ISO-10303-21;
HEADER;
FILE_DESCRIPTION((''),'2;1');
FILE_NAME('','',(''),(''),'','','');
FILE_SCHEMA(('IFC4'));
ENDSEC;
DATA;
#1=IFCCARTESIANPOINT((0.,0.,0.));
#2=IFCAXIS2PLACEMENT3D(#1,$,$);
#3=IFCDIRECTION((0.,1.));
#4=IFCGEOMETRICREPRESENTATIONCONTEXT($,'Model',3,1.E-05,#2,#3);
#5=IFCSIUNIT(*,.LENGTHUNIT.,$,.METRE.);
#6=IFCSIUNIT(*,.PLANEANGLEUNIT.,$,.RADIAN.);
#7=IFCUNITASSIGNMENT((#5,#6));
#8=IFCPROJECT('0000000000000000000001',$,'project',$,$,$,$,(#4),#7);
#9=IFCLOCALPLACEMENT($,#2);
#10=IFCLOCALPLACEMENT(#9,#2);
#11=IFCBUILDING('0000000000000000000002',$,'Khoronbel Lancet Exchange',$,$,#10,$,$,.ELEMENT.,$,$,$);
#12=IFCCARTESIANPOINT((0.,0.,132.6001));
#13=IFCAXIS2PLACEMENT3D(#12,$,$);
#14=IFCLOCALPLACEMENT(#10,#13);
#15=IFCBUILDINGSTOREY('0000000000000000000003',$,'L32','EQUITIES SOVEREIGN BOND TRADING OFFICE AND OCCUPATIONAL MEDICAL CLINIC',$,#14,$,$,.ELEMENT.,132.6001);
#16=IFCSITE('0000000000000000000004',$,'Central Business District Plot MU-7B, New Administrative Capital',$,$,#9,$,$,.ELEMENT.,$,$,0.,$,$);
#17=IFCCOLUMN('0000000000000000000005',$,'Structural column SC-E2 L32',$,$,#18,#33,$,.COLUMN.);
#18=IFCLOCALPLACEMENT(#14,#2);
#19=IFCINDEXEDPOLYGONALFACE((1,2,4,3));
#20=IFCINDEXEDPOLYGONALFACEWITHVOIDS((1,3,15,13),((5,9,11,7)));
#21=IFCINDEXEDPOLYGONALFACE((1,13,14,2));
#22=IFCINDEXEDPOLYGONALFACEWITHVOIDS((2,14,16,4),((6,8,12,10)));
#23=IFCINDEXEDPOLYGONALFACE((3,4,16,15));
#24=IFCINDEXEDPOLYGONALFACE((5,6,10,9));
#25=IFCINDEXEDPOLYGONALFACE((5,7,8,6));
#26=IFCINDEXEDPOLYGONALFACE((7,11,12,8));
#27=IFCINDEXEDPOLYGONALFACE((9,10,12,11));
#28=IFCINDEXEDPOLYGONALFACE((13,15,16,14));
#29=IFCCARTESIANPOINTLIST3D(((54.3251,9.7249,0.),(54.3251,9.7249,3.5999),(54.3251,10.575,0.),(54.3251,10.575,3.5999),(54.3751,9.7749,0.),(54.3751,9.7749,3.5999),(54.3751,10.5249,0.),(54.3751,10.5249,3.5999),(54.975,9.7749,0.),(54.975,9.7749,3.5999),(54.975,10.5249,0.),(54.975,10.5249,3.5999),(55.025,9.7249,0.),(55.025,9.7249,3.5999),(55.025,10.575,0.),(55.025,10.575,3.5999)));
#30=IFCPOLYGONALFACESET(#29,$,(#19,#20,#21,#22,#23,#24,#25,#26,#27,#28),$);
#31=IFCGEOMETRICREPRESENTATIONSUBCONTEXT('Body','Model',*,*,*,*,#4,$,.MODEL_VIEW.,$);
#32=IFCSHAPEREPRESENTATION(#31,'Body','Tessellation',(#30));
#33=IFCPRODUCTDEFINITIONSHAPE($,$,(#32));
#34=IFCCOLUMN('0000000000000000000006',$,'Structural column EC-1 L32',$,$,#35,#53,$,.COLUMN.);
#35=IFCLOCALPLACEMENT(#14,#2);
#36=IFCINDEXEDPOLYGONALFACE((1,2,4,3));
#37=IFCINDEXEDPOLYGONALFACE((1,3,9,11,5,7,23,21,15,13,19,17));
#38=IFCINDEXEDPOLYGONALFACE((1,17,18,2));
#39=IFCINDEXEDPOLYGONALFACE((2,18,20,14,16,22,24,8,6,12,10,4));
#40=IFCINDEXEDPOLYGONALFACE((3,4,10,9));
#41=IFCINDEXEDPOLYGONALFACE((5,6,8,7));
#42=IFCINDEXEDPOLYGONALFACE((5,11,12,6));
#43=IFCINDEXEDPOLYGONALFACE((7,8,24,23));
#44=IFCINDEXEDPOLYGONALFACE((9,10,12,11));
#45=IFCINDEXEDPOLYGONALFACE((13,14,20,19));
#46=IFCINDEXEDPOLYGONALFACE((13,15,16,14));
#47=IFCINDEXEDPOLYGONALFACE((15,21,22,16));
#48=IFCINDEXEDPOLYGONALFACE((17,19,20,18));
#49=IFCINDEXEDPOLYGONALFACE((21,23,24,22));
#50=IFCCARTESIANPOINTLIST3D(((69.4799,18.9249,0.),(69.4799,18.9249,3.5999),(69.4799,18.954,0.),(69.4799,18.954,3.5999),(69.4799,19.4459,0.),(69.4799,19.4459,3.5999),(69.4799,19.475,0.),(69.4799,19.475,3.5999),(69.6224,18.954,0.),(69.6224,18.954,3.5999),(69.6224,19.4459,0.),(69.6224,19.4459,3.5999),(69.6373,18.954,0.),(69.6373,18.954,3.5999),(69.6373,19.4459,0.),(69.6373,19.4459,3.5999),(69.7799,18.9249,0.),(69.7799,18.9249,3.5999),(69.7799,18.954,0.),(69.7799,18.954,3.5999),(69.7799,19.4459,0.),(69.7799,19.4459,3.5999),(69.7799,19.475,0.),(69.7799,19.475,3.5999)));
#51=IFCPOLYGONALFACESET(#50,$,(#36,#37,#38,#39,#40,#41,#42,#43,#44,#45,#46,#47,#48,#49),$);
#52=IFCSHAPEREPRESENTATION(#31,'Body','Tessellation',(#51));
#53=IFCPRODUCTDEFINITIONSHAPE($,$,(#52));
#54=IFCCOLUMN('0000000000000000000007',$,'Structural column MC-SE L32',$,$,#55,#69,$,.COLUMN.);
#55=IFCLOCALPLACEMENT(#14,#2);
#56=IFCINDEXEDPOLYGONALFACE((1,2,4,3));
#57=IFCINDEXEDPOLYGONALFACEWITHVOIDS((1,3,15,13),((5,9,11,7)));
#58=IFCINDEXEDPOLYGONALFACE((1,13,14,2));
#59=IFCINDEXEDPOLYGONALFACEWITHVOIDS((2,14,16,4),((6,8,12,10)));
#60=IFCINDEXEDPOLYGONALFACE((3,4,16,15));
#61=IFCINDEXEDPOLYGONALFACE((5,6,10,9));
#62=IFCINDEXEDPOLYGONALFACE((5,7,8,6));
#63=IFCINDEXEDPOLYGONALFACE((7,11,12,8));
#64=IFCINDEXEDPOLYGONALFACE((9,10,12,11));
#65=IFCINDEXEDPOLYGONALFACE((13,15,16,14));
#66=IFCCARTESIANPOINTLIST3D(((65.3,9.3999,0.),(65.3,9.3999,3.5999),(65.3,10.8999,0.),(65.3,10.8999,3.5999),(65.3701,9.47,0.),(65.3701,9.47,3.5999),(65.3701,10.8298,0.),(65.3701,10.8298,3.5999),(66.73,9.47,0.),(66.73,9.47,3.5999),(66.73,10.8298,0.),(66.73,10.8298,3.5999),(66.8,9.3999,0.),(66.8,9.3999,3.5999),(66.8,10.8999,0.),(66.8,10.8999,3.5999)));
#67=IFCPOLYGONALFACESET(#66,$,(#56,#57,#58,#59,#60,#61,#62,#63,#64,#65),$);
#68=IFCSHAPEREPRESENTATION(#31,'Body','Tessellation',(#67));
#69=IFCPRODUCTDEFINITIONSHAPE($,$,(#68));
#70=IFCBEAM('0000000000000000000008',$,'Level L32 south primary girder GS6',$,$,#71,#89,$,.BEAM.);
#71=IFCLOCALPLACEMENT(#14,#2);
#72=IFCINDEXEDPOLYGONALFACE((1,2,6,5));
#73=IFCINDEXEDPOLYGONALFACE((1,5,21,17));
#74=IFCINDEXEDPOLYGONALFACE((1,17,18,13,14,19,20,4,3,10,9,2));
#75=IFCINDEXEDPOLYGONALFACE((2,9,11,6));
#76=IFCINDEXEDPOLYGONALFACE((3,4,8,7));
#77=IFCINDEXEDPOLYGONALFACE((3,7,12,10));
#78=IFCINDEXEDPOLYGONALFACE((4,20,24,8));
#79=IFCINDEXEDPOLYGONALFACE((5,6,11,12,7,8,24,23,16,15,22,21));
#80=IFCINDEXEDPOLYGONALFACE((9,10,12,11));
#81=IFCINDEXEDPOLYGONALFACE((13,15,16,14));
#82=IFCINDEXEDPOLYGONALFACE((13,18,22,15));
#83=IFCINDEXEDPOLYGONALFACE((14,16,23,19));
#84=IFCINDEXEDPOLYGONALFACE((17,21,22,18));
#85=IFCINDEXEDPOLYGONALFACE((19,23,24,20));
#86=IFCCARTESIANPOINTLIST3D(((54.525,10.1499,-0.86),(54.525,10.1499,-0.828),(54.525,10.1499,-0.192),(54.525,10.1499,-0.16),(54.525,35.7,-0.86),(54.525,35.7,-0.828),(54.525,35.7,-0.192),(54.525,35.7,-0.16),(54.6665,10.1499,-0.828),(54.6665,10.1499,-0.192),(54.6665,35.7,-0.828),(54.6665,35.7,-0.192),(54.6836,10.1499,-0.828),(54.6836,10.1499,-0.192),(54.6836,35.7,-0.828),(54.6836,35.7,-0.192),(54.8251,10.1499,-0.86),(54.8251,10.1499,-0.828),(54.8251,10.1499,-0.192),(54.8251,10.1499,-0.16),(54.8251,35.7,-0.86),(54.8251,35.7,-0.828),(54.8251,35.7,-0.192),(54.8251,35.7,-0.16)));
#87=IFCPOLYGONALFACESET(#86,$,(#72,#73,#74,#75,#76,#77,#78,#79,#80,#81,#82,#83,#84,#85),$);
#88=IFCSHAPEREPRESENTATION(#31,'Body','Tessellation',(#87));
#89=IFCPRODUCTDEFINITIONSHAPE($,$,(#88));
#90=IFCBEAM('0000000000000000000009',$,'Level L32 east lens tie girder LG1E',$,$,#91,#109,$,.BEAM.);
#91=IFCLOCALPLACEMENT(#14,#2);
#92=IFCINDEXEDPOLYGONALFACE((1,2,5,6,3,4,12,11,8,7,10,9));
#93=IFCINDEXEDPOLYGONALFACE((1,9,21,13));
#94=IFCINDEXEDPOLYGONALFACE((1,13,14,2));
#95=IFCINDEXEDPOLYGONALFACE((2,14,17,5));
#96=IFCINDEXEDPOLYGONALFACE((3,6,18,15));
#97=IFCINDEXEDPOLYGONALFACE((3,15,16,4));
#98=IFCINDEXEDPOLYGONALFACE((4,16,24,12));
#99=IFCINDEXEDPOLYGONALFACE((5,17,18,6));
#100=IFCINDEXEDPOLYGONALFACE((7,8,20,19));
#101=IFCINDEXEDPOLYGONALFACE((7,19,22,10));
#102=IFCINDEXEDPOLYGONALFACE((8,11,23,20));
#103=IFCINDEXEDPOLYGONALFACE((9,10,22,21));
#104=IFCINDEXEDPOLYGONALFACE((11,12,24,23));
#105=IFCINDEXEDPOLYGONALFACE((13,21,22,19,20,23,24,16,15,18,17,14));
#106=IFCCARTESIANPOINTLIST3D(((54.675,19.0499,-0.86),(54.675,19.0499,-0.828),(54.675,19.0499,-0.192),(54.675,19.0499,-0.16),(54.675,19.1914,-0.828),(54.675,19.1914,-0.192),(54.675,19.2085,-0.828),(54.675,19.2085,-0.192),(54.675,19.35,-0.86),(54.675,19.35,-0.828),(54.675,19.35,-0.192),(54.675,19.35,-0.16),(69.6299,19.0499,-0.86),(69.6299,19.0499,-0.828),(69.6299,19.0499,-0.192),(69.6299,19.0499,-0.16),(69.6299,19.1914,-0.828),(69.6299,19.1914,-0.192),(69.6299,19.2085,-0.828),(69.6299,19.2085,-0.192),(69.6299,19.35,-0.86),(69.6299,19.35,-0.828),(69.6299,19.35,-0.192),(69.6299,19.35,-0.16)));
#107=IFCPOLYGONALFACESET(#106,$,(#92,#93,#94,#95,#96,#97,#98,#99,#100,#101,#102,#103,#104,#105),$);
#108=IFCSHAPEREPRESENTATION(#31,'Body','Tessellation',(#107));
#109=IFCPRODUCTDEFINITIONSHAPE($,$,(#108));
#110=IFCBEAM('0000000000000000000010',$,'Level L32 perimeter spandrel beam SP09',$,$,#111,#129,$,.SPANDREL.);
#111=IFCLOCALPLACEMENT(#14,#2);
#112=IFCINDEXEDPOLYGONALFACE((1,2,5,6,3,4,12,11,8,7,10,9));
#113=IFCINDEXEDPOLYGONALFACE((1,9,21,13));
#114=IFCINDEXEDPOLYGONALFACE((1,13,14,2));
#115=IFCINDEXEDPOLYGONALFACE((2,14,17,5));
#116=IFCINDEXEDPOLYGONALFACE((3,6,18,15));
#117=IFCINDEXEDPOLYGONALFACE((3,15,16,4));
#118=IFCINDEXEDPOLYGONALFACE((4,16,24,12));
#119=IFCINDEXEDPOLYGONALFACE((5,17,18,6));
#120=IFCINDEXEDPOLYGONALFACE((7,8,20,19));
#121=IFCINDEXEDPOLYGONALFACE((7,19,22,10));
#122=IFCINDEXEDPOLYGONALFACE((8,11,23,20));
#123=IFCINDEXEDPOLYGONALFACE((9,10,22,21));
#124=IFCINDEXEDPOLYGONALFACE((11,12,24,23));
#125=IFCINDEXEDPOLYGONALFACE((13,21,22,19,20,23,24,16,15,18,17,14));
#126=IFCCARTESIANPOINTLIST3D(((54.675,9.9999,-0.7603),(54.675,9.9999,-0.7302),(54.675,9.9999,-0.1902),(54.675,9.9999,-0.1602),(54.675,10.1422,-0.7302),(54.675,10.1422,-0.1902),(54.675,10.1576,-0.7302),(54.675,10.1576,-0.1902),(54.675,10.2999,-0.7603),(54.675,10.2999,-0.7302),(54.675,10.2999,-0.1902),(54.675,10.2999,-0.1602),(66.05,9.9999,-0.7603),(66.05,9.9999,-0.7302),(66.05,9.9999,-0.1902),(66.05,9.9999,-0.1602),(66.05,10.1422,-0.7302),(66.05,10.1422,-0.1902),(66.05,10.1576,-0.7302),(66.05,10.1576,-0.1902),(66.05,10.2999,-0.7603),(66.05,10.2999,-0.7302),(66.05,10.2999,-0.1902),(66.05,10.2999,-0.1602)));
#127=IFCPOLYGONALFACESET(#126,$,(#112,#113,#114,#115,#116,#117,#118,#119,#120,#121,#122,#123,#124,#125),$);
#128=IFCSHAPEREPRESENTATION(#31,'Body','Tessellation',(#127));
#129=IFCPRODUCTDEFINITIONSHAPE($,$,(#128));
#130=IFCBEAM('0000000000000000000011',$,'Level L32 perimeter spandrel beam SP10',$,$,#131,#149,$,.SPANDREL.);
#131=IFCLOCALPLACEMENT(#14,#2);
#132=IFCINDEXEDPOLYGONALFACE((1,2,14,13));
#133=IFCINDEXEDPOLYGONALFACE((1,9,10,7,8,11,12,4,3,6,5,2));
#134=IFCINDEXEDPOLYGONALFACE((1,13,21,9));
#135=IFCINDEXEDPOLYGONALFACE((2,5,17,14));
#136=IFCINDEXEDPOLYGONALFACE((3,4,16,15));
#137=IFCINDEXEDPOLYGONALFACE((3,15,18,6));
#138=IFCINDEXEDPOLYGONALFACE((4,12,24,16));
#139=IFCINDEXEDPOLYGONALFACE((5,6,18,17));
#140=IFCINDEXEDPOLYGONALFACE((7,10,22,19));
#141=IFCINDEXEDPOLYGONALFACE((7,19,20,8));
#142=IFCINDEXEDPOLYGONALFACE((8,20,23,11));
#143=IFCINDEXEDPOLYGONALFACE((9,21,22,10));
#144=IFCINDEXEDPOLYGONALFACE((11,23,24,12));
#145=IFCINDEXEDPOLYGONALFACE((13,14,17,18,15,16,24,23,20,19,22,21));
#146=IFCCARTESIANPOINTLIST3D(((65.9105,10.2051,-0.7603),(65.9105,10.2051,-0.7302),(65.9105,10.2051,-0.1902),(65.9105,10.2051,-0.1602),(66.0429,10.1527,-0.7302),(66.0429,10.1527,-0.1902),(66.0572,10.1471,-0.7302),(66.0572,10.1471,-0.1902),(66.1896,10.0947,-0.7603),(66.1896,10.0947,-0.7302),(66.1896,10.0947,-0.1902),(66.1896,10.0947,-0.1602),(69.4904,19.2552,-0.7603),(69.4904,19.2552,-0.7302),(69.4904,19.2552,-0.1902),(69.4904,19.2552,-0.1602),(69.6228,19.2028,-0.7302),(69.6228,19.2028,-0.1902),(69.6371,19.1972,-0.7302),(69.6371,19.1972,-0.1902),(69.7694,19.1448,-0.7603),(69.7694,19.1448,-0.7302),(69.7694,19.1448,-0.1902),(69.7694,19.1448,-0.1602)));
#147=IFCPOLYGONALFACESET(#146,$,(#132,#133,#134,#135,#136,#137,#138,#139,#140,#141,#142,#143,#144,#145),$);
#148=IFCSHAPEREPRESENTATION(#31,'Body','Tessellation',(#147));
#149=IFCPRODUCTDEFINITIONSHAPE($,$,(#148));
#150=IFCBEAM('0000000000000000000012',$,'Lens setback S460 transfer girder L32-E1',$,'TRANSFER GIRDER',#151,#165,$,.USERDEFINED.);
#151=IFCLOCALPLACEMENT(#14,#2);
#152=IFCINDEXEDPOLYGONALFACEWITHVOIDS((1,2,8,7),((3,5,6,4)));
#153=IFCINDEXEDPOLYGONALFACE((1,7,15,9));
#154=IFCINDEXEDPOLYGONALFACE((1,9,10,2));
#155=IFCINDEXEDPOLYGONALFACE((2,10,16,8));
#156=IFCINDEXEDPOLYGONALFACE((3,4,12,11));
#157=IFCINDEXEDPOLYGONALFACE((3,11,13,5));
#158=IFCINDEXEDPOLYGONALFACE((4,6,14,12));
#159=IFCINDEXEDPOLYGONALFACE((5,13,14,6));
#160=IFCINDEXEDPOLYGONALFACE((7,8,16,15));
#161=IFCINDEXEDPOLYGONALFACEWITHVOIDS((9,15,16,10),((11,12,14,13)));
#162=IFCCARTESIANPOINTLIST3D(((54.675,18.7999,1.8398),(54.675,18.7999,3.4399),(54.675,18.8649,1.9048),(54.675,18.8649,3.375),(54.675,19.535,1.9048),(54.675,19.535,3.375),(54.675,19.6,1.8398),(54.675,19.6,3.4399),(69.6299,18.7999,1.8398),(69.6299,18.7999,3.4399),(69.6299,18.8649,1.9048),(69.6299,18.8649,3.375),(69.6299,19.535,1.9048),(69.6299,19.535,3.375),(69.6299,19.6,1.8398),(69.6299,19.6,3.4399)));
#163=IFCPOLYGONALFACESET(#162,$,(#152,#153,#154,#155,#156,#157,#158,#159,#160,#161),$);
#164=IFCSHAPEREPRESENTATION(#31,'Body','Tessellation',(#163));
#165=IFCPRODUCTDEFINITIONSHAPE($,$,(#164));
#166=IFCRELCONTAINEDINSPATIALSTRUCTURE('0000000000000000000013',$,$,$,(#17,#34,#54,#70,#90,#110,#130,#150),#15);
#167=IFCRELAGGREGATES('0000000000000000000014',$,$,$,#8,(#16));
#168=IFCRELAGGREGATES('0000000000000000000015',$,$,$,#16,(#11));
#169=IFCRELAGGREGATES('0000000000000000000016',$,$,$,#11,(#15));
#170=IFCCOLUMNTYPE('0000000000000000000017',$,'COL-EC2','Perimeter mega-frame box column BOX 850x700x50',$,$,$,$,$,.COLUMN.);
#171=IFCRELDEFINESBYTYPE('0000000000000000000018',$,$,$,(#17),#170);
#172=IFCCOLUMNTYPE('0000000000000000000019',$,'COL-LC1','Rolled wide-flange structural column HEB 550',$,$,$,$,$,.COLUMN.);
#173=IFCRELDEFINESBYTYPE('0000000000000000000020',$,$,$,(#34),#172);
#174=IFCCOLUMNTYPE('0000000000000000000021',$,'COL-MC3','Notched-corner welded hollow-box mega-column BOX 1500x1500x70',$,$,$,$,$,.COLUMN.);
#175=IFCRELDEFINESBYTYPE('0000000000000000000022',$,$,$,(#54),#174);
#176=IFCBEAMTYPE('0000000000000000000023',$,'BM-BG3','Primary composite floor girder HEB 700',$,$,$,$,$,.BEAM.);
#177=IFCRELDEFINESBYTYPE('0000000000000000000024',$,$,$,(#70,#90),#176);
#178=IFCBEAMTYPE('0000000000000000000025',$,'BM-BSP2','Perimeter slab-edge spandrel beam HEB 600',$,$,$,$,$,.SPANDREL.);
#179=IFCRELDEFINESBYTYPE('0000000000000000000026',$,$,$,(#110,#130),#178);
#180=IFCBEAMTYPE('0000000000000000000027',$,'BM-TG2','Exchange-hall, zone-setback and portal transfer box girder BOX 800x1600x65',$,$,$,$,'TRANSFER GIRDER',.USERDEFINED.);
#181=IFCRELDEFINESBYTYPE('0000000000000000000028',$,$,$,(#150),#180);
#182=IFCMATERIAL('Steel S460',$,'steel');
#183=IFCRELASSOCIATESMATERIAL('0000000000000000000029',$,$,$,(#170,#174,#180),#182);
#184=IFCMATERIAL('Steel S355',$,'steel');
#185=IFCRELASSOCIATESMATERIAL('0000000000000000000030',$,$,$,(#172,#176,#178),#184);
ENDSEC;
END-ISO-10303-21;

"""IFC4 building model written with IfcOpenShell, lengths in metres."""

from ifc_helpers import new_model, si_unit, direction, frame, origin, origin_2d, place, context, subcontext, project, spatial, hollow_rectangle, i_section, extrude, material, material_profile, profile_set, type_object, element, save


model = new_model("IFC4")

# Units and contexts
model_context = context("Model", 3, precision=1e-05, world=origin(), true_north=direction((0.0, 1.0)))
body_context = subcontext(model_context, "Body", "Model", "MODEL_VIEW")
ifc_project = project(units=[si_unit("LENGTHUNIT", "METRE"), si_unit("PLANEANGLEUNIT", "RADIAN")], contexts=[model_context])

# Site, building, storey
site_placement = place(None, origin())
site = spatial("IfcSite", under=ifc_project, at=site_placement, Name="Central Business District Plot MU-7B, New Administrative Capital", CompositionType="ELEMENT", RefElevation=0.0)
building_placement = place(site_placement, origin())
building = spatial("IfcBuilding", under=site, at=building_placement, Name="Khoronbel Lancet Exchange", CompositionType="ELEMENT")
storey_placement = place(building_placement, frame((0.0, 0.0, 132.6001)))
storey = spatial("IfcBuildingStorey", under=building, at=storey_placement, Name="L32", Description="EQUITIES SOVEREIGN BOND TRADING OFFICE AND OCCUPATIONAL MEDICAL CLINIC", CompositionType="ELEMENT", Elevation=132.6001)

# Columns
ifc_material_1 = material(Name="Steel S460", Category="steel")
ifc_material_profile_1 = material_profile(ifc_material_1, hollow_rectangle(XDim=0.7, YDim=0.8501, WallThickness=0.05, at=origin_2d()), Name="BOX 850x700x50")
ifc_profile_set_1 = profile_set([ifc_material_profile_1], Name="Steel S460")
column_type_1 = type_object("IfcColumnType", Name="COL-EC2", Description="Perimeter mega-frame box column BOX 850x700x50", PredefinedType="COLUMN", material=ifc_profile_set_1)
column_1_placement = place(storey_placement, frame((54.675, 10.1499, 0.0), z_axis=(0.0, 0.0, 1.0), x_axis=(1.0, 0.0, 0.0)))
element("IfcColumn", 1, at=column_1_placement, inside=storey, type_object=column_type_1, Name="Structural column SC-E2 L32", PredefinedType="COLUMN", context=body_context, shape_type="SweptSolid", body=[
    extrude(hollow_rectangle(XDim=0.7, YDim=0.8501, WallThickness=0.05, at=origin_2d()), origin(), (0.0, 0.0, 1.0), 3.5999),
])
ifc_material_2 = material(Name="Steel S355", Category="steel")
ifc_material_profile_2 = material_profile(ifc_material_2, i_section(OverallWidth=0.3, OverallDepth=0.55, WebThickness=0.0149, FlangeThickness=0.0291, at=origin_2d()), Name="HEB 550")
ifc_profile_set_2 = profile_set([ifc_material_profile_2], Name="Steel S355")
column_type_2 = type_object("IfcColumnType", Name="COL-LC1", Description="Rolled wide-flange structural column HEB 550", PredefinedType="COLUMN", material=ifc_profile_set_2)
column_2_placement = place(storey_placement, frame((69.6299, 19.2, 0.0), z_axis=(0.0, 0.0, 1.0), x_axis=(1.0, 0.0, 0.0)))
element("IfcColumn", 2, at=column_2_placement, inside=storey, type_object=column_type_2, Name="Structural column EC-1 L32", PredefinedType="COLUMN", context=body_context, shape_type="SweptSolid", body=[
    extrude(i_section(OverallWidth=0.3, OverallDepth=0.55, WebThickness=0.0149, FlangeThickness=0.0291, at=origin_2d()), origin(), (0.0, 0.0, 1.0), 3.5999),
])
ifc_material_profile_3 = material_profile(ifc_material_1, hollow_rectangle(XDim=1.5, YDim=1.5, WallThickness=0.0701, at=origin_2d()), Name="BOX 1500x1500x70")
ifc_profile_set_3 = profile_set([ifc_material_profile_3], Name="Steel S460")
column_type_3 = type_object("IfcColumnType", Name="COL-MC3", Description="Notched-corner welded hollow-box mega-column BOX 1500x1500x70", PredefinedType="COLUMN", material=ifc_profile_set_3)
column_3_placement = place(storey_placement, frame((66.05, 10.1499, 0.0), z_axis=(0.0, 0.0, 1.0), x_axis=(1.0, 0.0, 0.0)))
element("IfcColumn", 3, at=column_3_placement, inside=storey, type_object=column_type_3, Name="Structural column MC-SE L32", PredefinedType="COLUMN", context=body_context, shape_type="SweptSolid", body=[
    extrude(hollow_rectangle(XDim=1.5, YDim=1.5, WallThickness=0.0701, at=origin_2d()), origin(), (0.0, 0.0, 1.0), 3.5999),
])

# Beams
ifc_material_profile_4 = material_profile(ifc_material_2, i_section(OverallWidth=0.3, OverallDepth=0.7, WebThickness=0.0171, FlangeThickness=0.032, at=origin_2d()), Name="HEB 700")
ifc_profile_set_4 = profile_set([ifc_material_profile_4], Name="Steel S355")
beam_type_1 = type_object("IfcBeamType", Name="BM-BG3", Description="Primary composite floor girder HEB 700", PredefinedType="BEAM", material=ifc_profile_set_4)
beam_1_placement = place(storey_placement, frame((54.675, 10.1499, -0.51), z_axis=(0.0, 1.0, 0.0), x_axis=(-1.0, 0.0, 0.0)))
element("IfcBeam", 4, at=beam_1_placement, inside=storey, type_object=beam_type_1, Name="Level L32 south primary girder GS6", PredefinedType="BEAM", context=body_context, shape_type="SweptSolid", body=[
    extrude(i_section(OverallWidth=0.3, OverallDepth=0.7, WebThickness=0.0171, FlangeThickness=0.032, at=origin_2d()), origin(), (0.0, 0.0, 1.0), 25.55),
])
beam_2_placement = place(storey_placement, frame((54.675, 19.2, -0.51), z_axis=(1.0, 0.0, 0.0), x_axis=(0.0, 1.0, 0.0)))
element("IfcBeam", 5, at=beam_2_placement, inside=storey, type_object=beam_type_1, Name="Level L32 east lens tie girder LG1E", PredefinedType="BEAM", context=body_context, shape_type="SweptSolid", body=[
    extrude(i_section(OverallWidth=0.3, OverallDepth=0.7, WebThickness=0.0171, FlangeThickness=0.032, at=origin_2d()), origin(), (0.0, 0.0, 1.0), 14.9548),
])
ifc_material_profile_5 = material_profile(ifc_material_2, i_section(OverallWidth=0.3, OverallDepth=0.6001, WebThickness=0.0154, FlangeThickness=0.03, at=origin_2d()), Name="HEB 600")
ifc_profile_set_5 = profile_set([ifc_material_profile_5], Name="Steel S355")
beam_type_2 = type_object("IfcBeamType", Name="BM-BSP2", Description="Perimeter slab-edge spandrel beam HEB 600", PredefinedType="SPANDREL", material=ifc_profile_set_5)
beam_3_placement = place(storey_placement, frame((54.675, 10.1499, -0.4602), z_axis=(1.0, 0.0, 0.0), x_axis=(0.0, 1.0, 0.0)))
element("IfcBeam", 6, at=beam_3_placement, inside=storey, type_object=beam_type_2, Name="Level L32 perimeter spandrel beam SP09", PredefinedType="SPANDREL", context=body_context, shape_type="SweptSolid", body=[
    extrude(i_section(OverallWidth=0.3, OverallDepth=0.6001, WebThickness=0.0154, FlangeThickness=0.03, at=origin_2d()), origin(), (0.0, 0.0, 1.0), 11.375),
])
beam_4_placement = place(storey_placement, frame((66.05, 10.1499, -0.4602), z_axis=(0.367828, 0.929894, 0.0), x_axis=(-0.929894, 0.367828, 0.0)))
element("IfcBeam", 7, at=beam_4_placement, inside=storey, type_object=beam_type_2, Name="Level L32 perimeter spandrel beam SP10", PredefinedType="SPANDREL", context=body_context, shape_type="SweptSolid", body=[
    extrude(i_section(OverallWidth=0.3, OverallDepth=0.6001, WebThickness=0.0154, FlangeThickness=0.03, at=origin_2d()), origin(), (0.0, 0.0, 1.0), 9.7324),
])
ifc_material_profile_6 = material_profile(ifc_material_1, hollow_rectangle(XDim=0.8, YDim=1.6001, WallThickness=0.0649, at=origin_2d()), Name="BOX 800x1600x65")
ifc_profile_set_6 = profile_set([ifc_material_profile_6], Name="Steel S460")
beam_type_3 = type_object("IfcBeamType", Name="BM-TG2", Description="Exchange-hall, zone-setback and portal transfer box girder BOX 800x1600x65", ElementType="TRANSFER GIRDER", PredefinedType="USERDEFINED", material=ifc_profile_set_6)
beam_5_placement = place(storey_placement, frame((54.675, 19.2, 2.6399), z_axis=(1.0, 0.0, 0.0), x_axis=(0.0, 1.0, 0.0)))
element("IfcBeam", 8, at=beam_5_placement, inside=storey, type_object=beam_type_3, Name="Lens setback S460 transfer girder L32-E1", ObjectType="TRANSFER GIRDER", PredefinedType="USERDEFINED", context=body_context, shape_type="SweptSolid", body=[
    extrude(hollow_rectangle(XDim=0.8, YDim=1.6001, WallThickness=0.0649, at=origin_2d()), origin(), (0.0, 0.0, 1.0), 14.9548),
])

save(model, "model.ifc")
